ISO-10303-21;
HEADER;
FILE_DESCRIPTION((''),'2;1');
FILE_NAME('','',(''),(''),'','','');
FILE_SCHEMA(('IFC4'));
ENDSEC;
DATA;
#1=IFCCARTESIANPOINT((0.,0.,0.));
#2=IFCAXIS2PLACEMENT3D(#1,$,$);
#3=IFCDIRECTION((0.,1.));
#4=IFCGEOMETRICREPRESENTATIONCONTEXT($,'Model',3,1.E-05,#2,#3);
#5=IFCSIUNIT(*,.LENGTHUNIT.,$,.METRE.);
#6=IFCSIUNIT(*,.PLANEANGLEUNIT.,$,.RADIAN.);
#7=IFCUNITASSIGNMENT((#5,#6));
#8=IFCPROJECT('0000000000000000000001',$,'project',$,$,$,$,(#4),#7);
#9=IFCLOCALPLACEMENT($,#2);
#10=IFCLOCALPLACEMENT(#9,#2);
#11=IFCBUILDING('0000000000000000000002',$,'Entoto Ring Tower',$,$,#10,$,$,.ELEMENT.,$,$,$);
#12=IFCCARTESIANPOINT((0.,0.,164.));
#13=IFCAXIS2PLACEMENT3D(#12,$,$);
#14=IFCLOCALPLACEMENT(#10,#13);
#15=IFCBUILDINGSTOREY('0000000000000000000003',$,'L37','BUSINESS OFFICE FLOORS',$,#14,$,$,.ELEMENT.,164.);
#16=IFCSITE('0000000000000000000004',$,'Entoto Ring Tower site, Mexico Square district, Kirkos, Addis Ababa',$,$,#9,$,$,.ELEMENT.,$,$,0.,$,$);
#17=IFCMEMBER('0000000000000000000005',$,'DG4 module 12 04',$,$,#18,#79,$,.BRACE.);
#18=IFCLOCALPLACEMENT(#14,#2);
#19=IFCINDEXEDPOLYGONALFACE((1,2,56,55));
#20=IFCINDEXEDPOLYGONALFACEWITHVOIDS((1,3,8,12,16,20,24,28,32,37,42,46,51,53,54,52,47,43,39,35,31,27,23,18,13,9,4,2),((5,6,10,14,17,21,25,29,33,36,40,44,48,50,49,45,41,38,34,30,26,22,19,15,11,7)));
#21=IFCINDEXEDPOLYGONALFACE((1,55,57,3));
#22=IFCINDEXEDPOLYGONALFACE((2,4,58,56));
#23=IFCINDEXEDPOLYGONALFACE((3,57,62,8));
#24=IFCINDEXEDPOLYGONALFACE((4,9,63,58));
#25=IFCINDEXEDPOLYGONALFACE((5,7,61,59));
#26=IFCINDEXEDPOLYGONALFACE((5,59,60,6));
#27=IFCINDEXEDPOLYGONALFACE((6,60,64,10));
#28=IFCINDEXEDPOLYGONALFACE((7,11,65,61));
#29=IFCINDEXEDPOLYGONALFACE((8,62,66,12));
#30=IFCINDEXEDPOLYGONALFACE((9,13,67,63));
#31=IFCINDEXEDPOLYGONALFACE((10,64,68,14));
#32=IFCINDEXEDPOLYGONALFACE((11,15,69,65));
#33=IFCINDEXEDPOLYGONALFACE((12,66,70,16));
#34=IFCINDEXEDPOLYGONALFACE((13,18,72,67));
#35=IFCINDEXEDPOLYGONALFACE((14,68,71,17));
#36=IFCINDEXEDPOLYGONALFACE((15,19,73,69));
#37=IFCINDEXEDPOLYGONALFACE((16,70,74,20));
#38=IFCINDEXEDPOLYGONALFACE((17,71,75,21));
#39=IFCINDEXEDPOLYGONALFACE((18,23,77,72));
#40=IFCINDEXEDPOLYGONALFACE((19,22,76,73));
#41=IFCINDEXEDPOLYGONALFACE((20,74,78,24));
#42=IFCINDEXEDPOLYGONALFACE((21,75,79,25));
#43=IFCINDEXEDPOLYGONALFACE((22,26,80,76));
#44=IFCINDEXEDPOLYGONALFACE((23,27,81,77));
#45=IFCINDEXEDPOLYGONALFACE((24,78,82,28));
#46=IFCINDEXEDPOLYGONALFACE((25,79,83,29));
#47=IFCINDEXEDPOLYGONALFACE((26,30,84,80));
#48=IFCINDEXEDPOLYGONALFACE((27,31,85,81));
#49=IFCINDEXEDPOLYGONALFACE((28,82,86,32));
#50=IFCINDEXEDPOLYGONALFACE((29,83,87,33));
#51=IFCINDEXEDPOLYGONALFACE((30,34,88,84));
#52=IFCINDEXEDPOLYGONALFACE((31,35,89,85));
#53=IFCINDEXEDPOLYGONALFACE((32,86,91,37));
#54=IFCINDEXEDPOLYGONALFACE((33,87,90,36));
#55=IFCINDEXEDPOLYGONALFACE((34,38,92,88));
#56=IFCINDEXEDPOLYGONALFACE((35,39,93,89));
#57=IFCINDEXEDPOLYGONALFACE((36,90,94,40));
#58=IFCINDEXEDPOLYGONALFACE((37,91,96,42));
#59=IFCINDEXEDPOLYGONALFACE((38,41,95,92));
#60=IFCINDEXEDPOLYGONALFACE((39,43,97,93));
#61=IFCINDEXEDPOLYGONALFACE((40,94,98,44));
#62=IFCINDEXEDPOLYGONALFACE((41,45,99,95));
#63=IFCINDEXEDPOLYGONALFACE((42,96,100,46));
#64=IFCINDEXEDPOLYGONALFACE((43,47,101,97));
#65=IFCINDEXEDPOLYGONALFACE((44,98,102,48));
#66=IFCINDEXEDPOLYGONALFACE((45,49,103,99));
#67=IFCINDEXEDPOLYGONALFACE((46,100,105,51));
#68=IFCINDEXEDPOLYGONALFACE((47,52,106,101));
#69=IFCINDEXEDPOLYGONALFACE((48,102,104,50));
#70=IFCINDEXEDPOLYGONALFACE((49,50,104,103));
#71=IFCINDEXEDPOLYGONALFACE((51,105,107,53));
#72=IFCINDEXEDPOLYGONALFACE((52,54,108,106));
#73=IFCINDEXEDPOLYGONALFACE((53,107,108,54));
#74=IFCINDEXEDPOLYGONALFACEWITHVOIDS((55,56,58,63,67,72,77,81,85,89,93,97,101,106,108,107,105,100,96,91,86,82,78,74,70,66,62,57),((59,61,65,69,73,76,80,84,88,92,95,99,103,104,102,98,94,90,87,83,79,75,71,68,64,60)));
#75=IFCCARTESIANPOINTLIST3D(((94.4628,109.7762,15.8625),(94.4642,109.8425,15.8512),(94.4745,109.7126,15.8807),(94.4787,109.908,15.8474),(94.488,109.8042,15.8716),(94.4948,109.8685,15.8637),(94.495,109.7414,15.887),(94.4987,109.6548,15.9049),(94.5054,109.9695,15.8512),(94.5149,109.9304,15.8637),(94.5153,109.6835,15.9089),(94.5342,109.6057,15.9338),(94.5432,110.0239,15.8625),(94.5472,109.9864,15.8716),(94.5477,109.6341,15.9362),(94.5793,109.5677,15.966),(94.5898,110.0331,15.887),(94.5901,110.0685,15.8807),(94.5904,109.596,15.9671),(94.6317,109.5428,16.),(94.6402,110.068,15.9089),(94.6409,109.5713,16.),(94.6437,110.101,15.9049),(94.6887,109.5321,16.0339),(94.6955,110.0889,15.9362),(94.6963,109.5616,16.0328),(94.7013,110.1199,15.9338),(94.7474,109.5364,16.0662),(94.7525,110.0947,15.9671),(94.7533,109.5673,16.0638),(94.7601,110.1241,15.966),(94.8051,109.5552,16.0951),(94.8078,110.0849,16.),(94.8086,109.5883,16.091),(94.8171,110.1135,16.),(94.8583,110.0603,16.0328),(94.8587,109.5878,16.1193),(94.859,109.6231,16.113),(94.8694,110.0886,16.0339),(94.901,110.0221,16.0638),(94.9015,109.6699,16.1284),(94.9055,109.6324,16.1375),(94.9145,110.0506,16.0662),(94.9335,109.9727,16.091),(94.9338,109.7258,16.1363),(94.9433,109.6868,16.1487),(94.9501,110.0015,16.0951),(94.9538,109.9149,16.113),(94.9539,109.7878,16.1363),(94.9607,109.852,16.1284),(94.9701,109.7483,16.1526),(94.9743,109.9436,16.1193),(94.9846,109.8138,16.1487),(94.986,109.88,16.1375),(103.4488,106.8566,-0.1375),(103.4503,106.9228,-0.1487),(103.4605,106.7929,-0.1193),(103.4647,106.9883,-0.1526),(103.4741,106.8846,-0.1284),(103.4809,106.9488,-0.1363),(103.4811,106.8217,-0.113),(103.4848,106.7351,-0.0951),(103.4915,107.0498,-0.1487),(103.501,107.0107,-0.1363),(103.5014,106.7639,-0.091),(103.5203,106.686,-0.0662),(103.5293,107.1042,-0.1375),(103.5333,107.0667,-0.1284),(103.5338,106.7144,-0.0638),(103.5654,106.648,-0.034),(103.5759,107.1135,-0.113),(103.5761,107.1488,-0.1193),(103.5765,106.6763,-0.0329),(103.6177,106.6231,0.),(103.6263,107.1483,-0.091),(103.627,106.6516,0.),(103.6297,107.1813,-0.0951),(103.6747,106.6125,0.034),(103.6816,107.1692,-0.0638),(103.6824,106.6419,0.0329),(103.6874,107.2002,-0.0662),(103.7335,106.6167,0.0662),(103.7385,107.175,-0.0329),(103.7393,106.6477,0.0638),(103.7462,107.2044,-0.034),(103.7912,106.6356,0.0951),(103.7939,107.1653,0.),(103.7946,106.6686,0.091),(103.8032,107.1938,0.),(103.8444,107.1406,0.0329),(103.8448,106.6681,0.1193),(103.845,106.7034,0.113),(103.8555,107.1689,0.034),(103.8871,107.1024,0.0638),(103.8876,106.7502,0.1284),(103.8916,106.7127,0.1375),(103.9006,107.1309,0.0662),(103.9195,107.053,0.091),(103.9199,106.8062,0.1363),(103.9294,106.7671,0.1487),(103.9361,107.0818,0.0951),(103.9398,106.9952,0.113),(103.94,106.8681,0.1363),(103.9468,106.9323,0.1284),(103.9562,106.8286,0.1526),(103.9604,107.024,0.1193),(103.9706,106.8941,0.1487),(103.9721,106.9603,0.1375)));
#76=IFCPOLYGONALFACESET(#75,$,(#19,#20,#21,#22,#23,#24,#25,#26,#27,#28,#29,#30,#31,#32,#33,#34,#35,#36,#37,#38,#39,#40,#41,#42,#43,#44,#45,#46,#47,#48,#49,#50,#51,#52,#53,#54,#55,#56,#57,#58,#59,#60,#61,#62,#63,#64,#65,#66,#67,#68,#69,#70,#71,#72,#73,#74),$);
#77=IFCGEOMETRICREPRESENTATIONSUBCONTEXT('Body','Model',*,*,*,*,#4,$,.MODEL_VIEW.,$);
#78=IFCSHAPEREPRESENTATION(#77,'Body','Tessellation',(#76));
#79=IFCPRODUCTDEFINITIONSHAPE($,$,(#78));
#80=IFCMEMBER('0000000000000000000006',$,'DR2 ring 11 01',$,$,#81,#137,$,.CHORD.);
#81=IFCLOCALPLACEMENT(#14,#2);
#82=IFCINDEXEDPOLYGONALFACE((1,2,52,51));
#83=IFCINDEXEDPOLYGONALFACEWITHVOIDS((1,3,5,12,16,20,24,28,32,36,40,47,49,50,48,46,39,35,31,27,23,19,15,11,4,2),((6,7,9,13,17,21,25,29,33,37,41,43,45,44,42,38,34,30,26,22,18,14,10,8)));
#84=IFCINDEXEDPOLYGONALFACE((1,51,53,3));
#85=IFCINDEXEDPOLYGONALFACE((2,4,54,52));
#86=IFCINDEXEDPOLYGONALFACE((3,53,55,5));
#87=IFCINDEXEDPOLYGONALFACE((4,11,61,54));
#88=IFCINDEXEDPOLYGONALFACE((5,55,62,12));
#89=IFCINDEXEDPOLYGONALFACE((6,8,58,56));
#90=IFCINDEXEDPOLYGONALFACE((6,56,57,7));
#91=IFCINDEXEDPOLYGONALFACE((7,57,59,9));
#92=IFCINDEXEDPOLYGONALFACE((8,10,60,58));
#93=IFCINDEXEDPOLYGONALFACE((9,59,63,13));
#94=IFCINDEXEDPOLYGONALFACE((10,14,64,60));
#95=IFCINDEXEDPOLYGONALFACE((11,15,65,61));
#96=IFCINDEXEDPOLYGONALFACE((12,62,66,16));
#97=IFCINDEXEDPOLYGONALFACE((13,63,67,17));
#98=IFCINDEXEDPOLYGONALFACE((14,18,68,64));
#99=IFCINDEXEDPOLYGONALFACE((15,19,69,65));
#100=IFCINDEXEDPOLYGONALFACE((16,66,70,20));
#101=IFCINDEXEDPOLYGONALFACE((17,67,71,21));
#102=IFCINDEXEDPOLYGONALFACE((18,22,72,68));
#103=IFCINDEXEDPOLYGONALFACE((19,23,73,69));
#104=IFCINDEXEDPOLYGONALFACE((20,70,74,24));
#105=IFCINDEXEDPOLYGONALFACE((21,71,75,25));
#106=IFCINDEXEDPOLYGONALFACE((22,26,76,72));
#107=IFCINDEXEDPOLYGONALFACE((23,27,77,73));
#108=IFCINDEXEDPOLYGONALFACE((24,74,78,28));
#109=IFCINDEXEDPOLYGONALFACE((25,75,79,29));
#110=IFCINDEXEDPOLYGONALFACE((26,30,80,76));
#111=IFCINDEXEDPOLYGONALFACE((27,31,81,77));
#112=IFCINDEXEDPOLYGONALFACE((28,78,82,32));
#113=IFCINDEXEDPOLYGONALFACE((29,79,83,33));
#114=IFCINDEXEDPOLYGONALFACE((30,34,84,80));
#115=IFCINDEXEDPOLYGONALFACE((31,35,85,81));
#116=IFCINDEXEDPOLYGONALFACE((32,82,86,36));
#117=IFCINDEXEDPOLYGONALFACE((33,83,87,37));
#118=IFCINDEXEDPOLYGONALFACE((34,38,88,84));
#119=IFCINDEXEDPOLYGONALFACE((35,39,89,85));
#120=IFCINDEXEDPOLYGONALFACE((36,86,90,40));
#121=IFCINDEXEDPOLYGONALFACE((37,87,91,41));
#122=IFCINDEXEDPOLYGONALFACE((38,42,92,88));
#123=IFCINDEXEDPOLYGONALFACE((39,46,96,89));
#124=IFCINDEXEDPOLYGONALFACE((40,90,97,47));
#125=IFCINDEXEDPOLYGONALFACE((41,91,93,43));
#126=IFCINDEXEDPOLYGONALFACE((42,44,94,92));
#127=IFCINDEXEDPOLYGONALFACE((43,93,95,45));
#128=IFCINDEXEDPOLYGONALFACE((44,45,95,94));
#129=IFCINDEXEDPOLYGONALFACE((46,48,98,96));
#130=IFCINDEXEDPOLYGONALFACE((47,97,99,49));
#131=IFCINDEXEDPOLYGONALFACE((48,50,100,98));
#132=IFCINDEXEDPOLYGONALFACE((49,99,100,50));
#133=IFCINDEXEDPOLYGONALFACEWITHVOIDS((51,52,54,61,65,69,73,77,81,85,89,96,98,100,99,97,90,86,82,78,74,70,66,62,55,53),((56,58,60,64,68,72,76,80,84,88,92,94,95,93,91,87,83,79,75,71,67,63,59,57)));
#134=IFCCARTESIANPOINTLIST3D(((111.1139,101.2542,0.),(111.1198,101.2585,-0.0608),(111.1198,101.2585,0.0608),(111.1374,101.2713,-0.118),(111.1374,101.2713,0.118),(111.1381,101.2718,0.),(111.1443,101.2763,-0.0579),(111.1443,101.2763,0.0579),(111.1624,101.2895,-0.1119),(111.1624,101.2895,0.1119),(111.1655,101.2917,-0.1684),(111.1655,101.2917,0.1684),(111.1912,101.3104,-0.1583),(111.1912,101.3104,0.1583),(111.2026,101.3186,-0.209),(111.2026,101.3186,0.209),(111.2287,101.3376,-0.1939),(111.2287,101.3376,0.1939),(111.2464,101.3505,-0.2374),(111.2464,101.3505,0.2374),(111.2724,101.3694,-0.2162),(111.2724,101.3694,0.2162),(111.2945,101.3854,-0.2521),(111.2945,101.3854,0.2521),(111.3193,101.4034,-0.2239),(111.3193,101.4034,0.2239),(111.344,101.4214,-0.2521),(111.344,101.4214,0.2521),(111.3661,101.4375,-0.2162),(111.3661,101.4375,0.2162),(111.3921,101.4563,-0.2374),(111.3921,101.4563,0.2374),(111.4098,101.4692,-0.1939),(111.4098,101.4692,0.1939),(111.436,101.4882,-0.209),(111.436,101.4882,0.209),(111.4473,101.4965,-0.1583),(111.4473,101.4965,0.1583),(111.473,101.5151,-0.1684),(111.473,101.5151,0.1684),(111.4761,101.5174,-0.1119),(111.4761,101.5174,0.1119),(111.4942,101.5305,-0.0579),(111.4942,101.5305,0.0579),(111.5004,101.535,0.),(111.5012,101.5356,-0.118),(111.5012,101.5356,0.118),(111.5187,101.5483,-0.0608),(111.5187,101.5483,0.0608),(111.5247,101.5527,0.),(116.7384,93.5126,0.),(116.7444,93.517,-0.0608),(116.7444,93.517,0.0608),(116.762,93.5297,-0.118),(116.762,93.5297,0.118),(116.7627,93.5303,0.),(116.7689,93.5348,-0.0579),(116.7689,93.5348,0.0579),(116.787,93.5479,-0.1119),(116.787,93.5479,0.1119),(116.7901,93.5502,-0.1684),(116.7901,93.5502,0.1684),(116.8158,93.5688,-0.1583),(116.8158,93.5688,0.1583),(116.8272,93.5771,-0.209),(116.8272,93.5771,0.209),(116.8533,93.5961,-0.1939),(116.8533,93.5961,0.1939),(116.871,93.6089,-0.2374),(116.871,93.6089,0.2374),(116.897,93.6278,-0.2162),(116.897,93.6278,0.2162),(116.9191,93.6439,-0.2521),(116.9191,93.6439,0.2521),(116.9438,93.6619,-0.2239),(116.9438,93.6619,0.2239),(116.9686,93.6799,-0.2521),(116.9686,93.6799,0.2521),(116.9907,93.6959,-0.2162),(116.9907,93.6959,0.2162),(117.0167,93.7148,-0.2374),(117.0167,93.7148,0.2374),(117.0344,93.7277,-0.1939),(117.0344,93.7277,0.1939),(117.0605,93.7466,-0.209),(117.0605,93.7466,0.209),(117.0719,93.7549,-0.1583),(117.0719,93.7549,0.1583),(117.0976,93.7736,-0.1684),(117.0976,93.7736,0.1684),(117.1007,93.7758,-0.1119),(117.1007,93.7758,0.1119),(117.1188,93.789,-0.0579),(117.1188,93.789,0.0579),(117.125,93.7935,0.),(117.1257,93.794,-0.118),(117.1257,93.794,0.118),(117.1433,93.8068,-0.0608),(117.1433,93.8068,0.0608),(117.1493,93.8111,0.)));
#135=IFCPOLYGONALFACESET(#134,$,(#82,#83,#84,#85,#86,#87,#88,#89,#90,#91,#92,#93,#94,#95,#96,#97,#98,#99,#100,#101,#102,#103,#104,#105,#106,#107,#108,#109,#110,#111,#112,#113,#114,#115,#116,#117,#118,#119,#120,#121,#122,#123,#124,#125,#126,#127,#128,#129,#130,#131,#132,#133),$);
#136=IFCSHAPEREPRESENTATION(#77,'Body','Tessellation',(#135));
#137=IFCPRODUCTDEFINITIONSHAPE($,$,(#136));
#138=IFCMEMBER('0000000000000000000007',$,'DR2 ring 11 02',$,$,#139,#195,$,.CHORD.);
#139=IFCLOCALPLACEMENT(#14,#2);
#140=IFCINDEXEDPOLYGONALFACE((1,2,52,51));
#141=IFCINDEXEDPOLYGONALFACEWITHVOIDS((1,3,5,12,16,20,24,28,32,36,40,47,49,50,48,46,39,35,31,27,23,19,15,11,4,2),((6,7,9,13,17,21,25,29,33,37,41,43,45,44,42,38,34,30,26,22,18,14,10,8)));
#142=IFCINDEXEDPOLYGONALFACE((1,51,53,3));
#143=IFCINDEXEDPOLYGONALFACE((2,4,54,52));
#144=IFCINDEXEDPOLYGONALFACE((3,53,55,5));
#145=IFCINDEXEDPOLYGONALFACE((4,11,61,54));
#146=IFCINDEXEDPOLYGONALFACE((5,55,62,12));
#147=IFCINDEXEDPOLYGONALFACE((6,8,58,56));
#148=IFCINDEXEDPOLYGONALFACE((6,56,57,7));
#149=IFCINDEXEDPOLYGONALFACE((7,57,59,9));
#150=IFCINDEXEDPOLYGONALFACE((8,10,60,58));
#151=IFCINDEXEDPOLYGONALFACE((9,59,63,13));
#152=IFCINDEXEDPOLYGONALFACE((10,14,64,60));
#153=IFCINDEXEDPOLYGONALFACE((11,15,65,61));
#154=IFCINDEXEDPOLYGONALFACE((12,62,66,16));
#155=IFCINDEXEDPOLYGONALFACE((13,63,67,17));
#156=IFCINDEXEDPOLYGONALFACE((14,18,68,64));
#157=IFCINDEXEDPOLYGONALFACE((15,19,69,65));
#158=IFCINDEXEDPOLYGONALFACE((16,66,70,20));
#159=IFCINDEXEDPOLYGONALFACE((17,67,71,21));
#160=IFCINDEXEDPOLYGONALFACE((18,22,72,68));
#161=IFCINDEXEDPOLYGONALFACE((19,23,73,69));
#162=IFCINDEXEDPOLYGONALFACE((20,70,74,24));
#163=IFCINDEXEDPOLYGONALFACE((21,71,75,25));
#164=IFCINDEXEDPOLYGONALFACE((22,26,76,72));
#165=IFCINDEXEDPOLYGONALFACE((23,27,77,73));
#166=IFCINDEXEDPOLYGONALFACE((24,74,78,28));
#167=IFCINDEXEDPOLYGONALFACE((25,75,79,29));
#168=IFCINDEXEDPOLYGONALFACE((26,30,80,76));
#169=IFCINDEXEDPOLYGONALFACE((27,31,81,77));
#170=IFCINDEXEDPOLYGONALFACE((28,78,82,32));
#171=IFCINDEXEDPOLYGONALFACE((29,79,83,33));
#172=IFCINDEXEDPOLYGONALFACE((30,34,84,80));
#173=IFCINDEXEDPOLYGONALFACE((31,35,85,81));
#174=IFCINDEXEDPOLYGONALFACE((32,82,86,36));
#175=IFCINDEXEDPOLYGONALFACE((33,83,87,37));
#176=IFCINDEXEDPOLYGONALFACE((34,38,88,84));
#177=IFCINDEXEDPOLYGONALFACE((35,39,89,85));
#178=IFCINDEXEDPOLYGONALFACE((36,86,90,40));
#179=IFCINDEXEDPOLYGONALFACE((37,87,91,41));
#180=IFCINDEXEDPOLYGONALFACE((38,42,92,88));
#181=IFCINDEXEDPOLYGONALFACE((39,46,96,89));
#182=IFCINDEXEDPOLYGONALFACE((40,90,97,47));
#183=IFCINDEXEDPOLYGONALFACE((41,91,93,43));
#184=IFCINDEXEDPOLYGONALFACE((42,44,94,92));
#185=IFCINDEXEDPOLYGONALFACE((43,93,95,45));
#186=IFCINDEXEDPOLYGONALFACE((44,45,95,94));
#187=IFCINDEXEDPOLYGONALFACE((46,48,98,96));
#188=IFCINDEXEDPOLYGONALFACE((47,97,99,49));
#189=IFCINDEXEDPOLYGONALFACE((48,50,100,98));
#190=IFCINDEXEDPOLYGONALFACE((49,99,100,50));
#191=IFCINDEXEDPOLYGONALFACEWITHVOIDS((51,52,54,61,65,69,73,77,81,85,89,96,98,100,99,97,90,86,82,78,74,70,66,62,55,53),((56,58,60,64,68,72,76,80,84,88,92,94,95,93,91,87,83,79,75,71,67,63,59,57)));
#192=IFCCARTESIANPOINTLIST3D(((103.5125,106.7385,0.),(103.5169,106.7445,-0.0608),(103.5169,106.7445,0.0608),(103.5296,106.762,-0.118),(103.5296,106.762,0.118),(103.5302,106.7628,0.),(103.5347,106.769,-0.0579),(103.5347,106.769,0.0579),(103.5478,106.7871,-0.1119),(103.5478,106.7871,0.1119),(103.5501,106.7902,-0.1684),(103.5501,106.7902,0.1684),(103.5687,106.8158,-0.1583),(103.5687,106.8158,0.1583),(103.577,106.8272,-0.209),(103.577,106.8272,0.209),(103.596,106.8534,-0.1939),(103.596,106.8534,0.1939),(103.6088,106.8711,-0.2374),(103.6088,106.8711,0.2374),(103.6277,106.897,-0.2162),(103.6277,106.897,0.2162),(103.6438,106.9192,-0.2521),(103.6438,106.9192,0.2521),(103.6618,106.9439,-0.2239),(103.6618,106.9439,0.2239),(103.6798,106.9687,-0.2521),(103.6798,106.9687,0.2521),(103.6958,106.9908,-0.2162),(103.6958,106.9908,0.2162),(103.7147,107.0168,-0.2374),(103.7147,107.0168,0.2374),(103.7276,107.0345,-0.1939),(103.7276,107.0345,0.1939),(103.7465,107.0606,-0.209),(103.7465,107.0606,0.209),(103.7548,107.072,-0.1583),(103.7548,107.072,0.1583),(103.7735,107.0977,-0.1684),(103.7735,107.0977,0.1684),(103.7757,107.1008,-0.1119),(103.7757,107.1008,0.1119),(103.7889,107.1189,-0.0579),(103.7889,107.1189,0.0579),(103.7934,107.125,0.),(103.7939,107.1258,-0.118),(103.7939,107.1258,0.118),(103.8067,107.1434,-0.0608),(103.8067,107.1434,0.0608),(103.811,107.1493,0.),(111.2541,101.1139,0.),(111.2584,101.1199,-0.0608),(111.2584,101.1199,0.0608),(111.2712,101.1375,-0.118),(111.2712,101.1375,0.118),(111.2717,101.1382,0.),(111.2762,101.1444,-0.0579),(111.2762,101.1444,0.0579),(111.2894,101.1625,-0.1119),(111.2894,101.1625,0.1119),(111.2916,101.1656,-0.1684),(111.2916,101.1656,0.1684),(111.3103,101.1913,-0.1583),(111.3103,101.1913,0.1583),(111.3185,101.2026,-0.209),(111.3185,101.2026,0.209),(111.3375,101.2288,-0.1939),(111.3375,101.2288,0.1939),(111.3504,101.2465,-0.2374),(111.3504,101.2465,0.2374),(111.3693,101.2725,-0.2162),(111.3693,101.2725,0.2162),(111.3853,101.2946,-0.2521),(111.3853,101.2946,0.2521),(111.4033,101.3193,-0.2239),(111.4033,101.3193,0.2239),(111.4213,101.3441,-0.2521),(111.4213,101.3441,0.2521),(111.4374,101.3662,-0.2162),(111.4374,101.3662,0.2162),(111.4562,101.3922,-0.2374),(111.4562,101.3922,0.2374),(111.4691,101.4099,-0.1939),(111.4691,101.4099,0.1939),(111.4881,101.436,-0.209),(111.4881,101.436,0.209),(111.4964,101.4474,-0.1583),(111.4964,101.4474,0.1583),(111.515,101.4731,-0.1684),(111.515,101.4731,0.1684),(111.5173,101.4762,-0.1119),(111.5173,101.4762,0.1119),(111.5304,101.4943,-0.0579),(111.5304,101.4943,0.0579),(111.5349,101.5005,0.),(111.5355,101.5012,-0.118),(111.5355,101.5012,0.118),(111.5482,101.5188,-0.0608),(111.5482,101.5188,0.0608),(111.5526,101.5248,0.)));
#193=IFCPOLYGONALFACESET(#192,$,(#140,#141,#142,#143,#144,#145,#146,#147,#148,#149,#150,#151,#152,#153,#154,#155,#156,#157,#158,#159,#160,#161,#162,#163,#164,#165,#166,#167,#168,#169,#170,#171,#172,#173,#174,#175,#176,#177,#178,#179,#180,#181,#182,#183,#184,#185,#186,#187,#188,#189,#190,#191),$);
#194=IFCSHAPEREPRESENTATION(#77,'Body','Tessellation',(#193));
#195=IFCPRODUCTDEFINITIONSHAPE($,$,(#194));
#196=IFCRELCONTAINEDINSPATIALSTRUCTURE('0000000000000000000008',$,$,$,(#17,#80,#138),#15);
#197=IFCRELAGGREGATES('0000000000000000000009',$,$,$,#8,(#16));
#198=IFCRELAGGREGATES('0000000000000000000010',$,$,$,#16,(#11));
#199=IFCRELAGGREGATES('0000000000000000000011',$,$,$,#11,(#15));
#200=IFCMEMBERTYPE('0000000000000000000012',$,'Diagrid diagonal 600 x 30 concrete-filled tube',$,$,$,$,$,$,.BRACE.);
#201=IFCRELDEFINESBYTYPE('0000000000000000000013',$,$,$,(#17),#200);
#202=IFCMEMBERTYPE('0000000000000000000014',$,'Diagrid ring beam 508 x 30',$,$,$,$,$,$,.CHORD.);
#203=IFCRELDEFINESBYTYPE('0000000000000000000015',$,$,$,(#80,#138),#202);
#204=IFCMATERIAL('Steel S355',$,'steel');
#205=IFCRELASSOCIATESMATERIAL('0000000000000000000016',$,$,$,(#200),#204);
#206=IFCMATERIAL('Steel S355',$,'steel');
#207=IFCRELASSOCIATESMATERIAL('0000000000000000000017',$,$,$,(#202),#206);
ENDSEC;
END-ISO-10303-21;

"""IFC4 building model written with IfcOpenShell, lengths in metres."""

from ifc_helpers import new_model, si_unit, direction, frame, origin, origin_2d, place, context, subcontext, project, spatial, circle, hollow_circle, extrude, material, material_profile, profile_set, type_object, element, save


model = new_model("IFC4")

# Units and contexts
model_context = context("Model", 3, precision=1e-05, world=origin(), true_north=direction((0.0, 1.0)))
body_context = subcontext(model_context, "Body", "Model", "MODEL_VIEW")
ifc_project = project(units=[si_unit("LENGTHUNIT", "METRE"), si_unit("PLANEANGLEUNIT", "RADIAN")], contexts=[model_context])

# Site, building, storey
site_placement = place(None, origin())
site = spatial("IfcSite", under=ifc_project, at=site_placement, Name="Entoto Ring Tower site, Mexico Square district, Kirkos, Addis Ababa", CompositionType="ELEMENT", RefElevation=0.0)
building_placement = place(site_placement, origin())
building = spatial("IfcBuilding", under=site, at=building_placement, Name="Entoto Ring Tower", CompositionType="ELEMENT")
storey_placement = place(building_placement, frame((0.0, 0.0, 164.0)))
storey = spatial("IfcBuildingStorey", under=building, at=storey_placement, Name="L37", Description="BUSINESS OFFICE FLOORS", CompositionType="ELEMENT", Elevation=164.0)

# Members
ifc_material_1 = material(Name="Steel S355", Category="steel")
ifc_material_profile_1 = material_profile(ifc_material_1, hollow_circle(Radius=0.3, WallThickness=0.03, at=origin_2d()), Name="CHS 600 x 30")
ifc_material_2 = material(Name="Concrete C60/75", Category="concrete")
ifc_material_profile_2 = material_profile(ifc_material_2, circle(Radius=0.27, at=origin_2d()), Name="Concrete C60/75 infill")
ifc_profile_set_1 = profile_set([ifc_material_profile_1, ifc_material_profile_2], Name="Steel S355")
member_type_1 = type_object("IfcMemberType", Name="Diagrid diagonal 600 x 30 concrete-filled tube", PredefinedType="BRACE", material=ifc_profile_set_1)
member_1_placement = place(storey_placement, frame((103.7104, 106.9084, 0.0), z_axis=(-0.483602, 0.157128, 0.861069), x_axis=(-0.30901, -0.951059, 0.0)))
element("IfcMember", 1, at=member_1_placement, inside=storey, type_object=member_type_1, Name="DG4 module 12 04", PredefinedType="BRACE", context=body_context, shape_type="SweptSolid", body=[
    extrude(hollow_circle(Radius=0.3, WallThickness=0.03, at=origin_2d()), origin(), (0.0, 0.0, 1.0), 18.5815),
])
ifc_material_3 = material(Name="Steel S355", Category="steel")
ifc_material_profile_3 = material_profile(ifc_material_3, hollow_circle(Radius=0.2539, WallThickness=0.03, at=origin_2d()), Name="CHS 508 x 30")
ifc_material_4 = material(Name="Concrete C60/75", Category="concrete")
ifc_material_profile_4 = material_profile(ifc_material_4, circle(Radius=0.2241, at=origin_2d()), Name="Concrete C60/75 infill")
ifc_profile_set_2 = profile_set([ifc_material_profile_3, ifc_material_profile_4], Name="Steel S355")
member_type_2 = type_object("IfcMemberType", Name="Diagrid ring beam 508 x 30", PredefinedType="CHORD", material=ifc_profile_set_2)
for number, where, z_axis, x_axis, name in (
    (2, (116.9438, 93.6619, 0.0), (-0.587786, 0.809016, 0.0), (-0.809016, -0.587786, 0.0), "DR2 ring 11 01"),
    (3, (111.4033, 101.3193, 0.0), (-0.809016, 0.587786, 0.0), (-0.587786, -0.809016, 0.0), "DR2 ring 11 02"),
):
    element("IfcMember", number, at=place(storey_placement, frame(where, z_axis=z_axis, x_axis=x_axis)), inside=storey, type_object=member_type_2, Name=name, PredefinedType="CHORD", context=body_context, shape_type="SweptSolid", body=[
        extrude(hollow_circle(Radius=0.2539, WallThickness=0.03, at=origin_2d()), origin(), (0.0, 0.0, 1.0), 9.5691),
    ])

save(model, "model.ifc")
